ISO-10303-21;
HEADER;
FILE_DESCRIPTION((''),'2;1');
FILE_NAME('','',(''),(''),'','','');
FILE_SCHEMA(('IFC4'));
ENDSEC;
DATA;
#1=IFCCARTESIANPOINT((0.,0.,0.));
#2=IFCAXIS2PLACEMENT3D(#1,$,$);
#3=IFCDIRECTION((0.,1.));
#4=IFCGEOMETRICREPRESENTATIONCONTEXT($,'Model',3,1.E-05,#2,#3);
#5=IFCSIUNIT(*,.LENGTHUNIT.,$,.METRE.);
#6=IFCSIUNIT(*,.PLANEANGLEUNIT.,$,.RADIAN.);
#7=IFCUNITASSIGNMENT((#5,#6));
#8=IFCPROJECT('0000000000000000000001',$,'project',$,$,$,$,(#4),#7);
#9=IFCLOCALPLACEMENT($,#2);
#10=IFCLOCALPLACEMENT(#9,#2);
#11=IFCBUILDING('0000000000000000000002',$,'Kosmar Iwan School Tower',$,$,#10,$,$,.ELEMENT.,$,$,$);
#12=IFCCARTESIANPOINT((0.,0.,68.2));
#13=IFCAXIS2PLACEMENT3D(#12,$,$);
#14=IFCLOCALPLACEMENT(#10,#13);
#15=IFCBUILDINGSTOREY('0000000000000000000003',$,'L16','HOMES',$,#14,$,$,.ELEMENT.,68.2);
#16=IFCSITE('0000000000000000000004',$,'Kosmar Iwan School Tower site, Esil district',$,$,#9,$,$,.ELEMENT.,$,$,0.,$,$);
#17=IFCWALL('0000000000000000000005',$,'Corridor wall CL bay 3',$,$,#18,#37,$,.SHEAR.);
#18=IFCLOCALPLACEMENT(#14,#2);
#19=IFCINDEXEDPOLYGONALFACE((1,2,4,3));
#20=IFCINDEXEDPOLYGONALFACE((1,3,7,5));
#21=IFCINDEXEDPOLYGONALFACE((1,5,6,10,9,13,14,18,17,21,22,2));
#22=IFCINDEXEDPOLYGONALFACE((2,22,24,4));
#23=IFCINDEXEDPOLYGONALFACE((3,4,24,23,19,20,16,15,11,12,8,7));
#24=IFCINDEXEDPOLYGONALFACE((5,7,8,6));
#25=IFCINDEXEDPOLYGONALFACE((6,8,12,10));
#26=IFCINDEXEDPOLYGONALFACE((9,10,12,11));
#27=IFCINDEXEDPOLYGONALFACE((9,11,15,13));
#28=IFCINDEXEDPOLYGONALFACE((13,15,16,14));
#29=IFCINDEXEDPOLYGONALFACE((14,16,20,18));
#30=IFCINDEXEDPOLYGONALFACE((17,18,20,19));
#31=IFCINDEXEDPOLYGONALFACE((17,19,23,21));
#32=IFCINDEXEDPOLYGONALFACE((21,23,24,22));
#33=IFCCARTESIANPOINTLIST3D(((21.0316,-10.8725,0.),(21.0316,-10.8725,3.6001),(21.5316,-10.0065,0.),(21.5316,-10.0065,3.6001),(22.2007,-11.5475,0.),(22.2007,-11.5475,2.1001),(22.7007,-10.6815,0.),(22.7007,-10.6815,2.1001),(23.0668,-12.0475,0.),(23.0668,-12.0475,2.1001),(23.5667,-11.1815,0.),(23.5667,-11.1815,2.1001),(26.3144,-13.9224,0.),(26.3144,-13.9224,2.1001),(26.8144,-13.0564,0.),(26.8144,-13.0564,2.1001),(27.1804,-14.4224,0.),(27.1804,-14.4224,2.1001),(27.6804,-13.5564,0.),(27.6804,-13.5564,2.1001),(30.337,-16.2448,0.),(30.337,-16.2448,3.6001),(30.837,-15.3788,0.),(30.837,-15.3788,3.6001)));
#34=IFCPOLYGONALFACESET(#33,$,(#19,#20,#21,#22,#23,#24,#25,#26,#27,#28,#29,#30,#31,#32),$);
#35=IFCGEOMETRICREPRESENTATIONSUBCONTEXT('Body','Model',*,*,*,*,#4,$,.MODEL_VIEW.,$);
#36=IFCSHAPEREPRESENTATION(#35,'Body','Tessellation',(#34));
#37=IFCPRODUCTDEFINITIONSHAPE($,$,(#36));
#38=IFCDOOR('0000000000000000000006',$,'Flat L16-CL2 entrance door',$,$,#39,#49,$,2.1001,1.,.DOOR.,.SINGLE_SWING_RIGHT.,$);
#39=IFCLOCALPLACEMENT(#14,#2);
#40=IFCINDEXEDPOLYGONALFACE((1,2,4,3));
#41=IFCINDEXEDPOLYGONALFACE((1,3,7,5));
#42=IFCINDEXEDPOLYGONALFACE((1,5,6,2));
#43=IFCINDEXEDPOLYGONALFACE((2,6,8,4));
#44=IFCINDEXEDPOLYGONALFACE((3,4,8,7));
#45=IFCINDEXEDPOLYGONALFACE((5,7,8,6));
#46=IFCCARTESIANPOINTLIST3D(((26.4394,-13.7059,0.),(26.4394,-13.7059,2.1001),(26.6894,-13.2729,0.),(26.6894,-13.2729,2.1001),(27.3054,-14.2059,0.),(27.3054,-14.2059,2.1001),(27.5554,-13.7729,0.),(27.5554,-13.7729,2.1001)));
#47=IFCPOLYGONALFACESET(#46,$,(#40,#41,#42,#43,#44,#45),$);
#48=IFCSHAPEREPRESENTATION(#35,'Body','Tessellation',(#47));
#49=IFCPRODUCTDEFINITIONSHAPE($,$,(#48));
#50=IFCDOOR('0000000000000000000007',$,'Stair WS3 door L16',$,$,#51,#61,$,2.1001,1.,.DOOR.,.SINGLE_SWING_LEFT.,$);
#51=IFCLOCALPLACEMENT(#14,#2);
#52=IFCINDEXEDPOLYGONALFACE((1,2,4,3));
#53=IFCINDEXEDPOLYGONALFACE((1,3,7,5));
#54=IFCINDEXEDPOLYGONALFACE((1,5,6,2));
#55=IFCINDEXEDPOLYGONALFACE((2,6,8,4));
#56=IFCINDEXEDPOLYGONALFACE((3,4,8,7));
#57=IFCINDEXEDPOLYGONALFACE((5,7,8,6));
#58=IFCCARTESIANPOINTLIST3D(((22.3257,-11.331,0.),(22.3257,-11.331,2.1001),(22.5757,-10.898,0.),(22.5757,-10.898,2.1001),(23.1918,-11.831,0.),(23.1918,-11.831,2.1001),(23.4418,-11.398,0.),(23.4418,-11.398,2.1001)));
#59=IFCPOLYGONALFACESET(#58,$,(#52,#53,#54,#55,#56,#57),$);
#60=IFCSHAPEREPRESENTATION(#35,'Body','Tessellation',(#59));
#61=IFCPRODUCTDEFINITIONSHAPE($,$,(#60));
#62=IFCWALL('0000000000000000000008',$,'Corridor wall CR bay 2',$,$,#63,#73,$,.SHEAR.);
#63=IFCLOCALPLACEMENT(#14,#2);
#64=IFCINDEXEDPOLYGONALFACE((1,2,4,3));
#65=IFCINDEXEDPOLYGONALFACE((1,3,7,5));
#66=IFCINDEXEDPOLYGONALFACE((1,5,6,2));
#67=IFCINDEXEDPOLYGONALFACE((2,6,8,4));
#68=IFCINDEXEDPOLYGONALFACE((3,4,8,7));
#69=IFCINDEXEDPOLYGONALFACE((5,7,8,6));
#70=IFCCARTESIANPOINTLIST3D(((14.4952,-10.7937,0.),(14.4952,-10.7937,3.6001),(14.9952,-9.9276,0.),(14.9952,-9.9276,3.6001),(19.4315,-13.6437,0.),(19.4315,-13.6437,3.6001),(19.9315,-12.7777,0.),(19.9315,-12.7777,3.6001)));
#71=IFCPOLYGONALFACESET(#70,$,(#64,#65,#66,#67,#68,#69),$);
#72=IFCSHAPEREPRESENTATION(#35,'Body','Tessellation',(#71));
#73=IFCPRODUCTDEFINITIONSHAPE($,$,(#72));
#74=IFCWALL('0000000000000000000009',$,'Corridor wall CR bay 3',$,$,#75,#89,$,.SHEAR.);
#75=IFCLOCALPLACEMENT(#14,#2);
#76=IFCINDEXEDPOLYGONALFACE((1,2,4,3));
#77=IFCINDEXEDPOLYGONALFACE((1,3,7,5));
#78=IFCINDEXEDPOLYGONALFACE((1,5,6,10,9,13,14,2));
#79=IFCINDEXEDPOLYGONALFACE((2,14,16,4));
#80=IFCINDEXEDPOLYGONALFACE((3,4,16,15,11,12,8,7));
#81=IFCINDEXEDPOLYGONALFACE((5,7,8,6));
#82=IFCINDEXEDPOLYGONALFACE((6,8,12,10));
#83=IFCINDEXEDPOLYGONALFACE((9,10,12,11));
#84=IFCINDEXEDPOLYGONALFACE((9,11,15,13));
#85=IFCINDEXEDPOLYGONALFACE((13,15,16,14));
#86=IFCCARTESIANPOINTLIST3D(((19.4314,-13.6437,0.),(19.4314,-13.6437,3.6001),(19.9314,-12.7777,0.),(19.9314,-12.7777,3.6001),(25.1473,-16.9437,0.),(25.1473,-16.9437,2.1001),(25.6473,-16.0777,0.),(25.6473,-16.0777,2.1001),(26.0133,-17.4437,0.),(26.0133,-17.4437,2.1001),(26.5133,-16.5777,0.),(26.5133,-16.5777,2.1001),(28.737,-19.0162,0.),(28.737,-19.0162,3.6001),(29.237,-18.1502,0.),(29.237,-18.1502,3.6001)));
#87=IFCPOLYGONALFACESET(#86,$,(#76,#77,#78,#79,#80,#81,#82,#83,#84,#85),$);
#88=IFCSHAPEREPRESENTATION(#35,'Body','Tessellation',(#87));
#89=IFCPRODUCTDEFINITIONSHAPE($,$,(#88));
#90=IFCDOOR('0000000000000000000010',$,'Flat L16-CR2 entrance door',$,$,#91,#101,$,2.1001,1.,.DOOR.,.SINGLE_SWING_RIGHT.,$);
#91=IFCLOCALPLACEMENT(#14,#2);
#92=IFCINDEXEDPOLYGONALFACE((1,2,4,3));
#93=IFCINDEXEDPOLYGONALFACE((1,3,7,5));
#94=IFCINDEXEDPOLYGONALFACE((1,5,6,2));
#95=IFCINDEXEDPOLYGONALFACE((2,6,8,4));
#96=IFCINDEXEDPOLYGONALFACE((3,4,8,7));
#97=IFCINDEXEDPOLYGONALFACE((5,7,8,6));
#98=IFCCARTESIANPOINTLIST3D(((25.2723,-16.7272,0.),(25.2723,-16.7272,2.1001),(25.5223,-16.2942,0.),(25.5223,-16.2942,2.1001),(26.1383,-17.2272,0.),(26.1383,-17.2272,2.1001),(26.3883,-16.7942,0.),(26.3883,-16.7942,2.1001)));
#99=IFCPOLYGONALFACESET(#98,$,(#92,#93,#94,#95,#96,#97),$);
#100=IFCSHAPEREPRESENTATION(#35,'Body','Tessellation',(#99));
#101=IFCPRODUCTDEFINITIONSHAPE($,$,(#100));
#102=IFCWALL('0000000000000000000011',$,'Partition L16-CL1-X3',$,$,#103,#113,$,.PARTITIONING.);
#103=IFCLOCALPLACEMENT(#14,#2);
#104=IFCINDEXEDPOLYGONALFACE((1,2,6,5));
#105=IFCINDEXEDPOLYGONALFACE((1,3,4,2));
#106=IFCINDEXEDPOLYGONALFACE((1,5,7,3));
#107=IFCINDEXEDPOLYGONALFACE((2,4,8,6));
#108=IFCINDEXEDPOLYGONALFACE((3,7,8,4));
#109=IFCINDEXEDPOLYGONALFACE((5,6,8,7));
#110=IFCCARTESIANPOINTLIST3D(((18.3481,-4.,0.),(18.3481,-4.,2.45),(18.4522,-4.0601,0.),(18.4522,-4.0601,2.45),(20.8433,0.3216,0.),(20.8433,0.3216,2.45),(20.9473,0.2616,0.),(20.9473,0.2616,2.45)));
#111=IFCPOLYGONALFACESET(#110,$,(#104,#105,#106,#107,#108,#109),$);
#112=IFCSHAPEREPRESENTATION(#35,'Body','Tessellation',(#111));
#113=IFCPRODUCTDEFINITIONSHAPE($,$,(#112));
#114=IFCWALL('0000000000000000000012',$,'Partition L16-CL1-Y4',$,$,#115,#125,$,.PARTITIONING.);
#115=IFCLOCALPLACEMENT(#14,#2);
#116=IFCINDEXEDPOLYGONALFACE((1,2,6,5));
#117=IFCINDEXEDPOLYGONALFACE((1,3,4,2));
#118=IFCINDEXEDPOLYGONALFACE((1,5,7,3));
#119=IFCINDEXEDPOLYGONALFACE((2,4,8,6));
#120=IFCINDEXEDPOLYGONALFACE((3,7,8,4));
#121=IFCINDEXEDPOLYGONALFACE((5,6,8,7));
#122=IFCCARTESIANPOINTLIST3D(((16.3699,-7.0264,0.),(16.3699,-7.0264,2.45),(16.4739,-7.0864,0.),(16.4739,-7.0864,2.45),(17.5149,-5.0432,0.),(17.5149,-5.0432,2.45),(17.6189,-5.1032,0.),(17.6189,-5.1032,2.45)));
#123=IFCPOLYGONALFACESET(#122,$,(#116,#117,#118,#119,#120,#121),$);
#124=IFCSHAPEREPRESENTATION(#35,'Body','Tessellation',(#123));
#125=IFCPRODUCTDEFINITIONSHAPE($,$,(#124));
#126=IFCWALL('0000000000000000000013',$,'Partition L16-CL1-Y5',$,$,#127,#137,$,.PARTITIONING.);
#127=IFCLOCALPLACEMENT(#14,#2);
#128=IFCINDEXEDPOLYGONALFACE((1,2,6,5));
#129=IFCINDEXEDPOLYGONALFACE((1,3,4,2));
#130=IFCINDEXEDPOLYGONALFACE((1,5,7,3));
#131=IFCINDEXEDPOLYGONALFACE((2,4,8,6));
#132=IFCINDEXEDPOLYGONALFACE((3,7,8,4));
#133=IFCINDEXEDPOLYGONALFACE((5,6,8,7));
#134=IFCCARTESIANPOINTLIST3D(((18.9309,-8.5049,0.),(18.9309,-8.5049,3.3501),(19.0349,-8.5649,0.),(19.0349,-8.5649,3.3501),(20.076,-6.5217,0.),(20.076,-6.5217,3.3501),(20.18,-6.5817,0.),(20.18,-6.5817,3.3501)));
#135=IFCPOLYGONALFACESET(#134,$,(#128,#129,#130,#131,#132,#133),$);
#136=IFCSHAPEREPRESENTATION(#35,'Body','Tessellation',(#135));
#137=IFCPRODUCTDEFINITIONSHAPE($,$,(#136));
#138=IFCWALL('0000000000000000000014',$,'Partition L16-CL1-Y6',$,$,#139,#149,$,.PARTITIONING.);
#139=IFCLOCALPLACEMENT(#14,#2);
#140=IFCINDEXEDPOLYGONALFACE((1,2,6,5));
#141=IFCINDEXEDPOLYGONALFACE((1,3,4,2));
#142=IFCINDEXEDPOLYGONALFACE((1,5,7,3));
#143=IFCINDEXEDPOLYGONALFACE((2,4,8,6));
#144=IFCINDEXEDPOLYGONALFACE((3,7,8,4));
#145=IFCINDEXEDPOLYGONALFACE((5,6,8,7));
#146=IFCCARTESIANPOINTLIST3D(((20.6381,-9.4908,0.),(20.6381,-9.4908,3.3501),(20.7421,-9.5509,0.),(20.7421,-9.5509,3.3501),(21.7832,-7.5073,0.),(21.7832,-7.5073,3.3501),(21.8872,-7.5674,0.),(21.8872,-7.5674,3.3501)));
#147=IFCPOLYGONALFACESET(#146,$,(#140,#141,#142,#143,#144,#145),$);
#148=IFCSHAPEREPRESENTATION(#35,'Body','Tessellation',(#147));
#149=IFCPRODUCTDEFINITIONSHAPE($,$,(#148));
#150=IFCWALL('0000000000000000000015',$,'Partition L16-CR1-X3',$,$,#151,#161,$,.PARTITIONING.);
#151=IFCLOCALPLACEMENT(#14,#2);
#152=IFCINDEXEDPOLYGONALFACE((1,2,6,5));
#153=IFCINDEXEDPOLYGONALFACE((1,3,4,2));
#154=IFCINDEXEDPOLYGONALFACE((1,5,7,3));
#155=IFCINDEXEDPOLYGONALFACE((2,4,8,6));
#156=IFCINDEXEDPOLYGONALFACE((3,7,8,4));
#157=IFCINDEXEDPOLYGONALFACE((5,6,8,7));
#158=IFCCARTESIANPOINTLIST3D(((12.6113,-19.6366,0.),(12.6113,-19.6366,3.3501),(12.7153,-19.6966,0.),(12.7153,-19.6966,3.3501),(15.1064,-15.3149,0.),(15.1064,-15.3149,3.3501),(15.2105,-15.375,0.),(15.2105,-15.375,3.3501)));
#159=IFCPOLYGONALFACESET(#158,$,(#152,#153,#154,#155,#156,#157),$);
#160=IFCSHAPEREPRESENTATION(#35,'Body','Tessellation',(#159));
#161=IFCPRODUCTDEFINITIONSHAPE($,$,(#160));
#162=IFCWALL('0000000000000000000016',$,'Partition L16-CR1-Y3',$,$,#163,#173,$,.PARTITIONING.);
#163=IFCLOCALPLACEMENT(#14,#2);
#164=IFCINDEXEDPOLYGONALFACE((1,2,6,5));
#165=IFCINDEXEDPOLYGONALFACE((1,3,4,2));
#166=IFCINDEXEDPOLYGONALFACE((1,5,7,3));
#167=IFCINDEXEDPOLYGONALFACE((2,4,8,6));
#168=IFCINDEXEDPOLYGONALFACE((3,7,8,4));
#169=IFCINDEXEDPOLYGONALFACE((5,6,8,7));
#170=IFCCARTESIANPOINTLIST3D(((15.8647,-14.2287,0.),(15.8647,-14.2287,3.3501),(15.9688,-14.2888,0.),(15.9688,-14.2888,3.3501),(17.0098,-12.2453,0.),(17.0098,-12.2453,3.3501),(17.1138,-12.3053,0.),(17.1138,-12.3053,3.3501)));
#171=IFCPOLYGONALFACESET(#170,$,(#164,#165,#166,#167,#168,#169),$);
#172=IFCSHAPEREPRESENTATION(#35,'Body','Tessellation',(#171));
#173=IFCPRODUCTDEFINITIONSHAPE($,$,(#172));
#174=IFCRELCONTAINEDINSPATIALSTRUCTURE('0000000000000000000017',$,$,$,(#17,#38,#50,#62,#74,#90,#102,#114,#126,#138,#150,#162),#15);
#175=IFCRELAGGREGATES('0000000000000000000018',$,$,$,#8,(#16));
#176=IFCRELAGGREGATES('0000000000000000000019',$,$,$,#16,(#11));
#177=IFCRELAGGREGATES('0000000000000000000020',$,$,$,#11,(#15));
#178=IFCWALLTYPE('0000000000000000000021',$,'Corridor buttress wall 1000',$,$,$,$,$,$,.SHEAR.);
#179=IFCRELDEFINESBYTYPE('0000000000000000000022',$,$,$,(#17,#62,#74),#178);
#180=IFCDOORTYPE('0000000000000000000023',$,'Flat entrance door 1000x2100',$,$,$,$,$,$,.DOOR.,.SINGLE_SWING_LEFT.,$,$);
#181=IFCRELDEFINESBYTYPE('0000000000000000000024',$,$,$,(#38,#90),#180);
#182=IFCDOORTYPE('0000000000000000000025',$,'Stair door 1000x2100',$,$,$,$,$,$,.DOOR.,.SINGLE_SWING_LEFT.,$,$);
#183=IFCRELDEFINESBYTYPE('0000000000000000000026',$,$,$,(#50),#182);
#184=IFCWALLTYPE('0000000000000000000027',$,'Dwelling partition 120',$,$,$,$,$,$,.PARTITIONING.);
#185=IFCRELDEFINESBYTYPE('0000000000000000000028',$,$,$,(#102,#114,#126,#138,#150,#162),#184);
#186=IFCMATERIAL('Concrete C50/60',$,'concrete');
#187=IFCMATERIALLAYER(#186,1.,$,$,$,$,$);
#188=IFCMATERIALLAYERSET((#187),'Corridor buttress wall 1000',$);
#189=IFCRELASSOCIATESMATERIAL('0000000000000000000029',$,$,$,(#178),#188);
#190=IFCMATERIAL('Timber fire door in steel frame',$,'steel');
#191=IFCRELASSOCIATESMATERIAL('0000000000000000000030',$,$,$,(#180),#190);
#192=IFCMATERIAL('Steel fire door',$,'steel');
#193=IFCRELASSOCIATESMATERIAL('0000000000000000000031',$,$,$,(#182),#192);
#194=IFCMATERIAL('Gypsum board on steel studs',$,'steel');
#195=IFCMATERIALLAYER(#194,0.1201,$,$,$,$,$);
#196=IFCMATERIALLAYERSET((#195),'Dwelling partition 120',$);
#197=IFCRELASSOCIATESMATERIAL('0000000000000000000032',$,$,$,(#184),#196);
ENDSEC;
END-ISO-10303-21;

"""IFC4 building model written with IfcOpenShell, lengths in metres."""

from ifc_helpers import new_model, si_unit, direction, frame, frame_2d, origin, place, context, subcontext, project, spatial, rectangle, extrude, material, layer, layer_set, type_object, element, fill, save


model = new_model("IFC4")

# Units and contexts
model_context = context("Model", 3, precision=1e-05, world=origin(), true_north=direction((0.0, 1.0)))
body_context = subcontext(model_context, "Body", "Model", "MODEL_VIEW")
ifc_project = project(units=[si_unit("LENGTHUNIT", "METRE"), si_unit("PLANEANGLEUNIT", "RADIAN")], contexts=[model_context])

# Site, building, storey
site_placement = place(None, origin())
site = spatial("IfcSite", under=ifc_project, at=site_placement, Name="Kosmar Iwan School Tower site, Esil district", CompositionType="ELEMENT", RefElevation=0.0)
building_placement = place(site_placement, origin())
building = spatial("IfcBuilding", under=site, at=building_placement, Name="Kosmar Iwan School Tower", CompositionType="ELEMENT")
storey_placement = place(building_placement, frame((0.0, 0.0, 68.2)))
storey = spatial("IfcBuildingStorey", under=building, at=storey_placement, Name="L16", Description="HOMES", CompositionType="ELEMENT", Elevation=68.2)

# Shared definitions
ifc_material_1 = material(Name="Concrete C50/60", Category="concrete")
ifc_layer_1 = layer(ifc_material_1, 1.0)
ifc_layer_set_1 = layer_set([ifc_layer_1], Name="Corridor buttress wall 1000")
wall_type_1 = type_object("IfcWallType", Name="Corridor buttress wall 1000", PredefinedType="SHEAR", material=ifc_layer_set_1)

# Wall, openings, doors
wall_1_placement = place(storey_placement, frame((21.2815, -10.4395, 0.0), z_axis=(0.0, 0.0, 1.0), x_axis=(0.866032, -0.499988, 0.0)))
wall_1 = element("IfcWall", 1, at=wall_1_placement, inside=storey, type_object=wall_type_1, Name="Corridor wall CL bay 3", PredefinedType="SHEAR", context=body_context, shape_type="SweptSolid", body=[
    extrude(rectangle(XDim=10.7449, YDim=1.0, at=frame_2d((5.3726, 0.0))), origin(), (0.0, 0.0, 1.0), 3.6001),
])
opening_1_placement = place(wall_1_placement, frame((6.1001, 0.0, 0.0)))
opening_1 = element("IfcOpeningElement", 2, at=opening_1_placement, cuts=wall_1, PredefinedType="OPENING", context=body_context, shape_type="SweptSolid", body=[
    extrude(rectangle(XDim=1.0, YDim=2.1001, at=frame_2d((0.5, 1.05))), frame((0.0, 0.512, 0.0), z_axis=(0.0, -1.0, 0.0), x_axis=(1.0, 0.0, 0.0)), (0.0, 0.0, 1.0), 1.0239),
])
opening_2_placement = place(wall_1_placement, frame((1.3501, 0.0, 0.0)))
opening_2 = element("IfcOpeningElement", 3, at=opening_2_placement, cuts=wall_1, PredefinedType="OPENING", context=body_context, shape_type="SweptSolid", body=[
    extrude(rectangle(XDim=1.0, YDim=2.1001, at=frame_2d((0.5, 1.05))), frame((0.0, 0.512, 0.0), z_axis=(0.0, -1.0, 0.0), x_axis=(1.0, 0.0, 0.0)), (0.0, 0.0, 1.0), 1.0239),
])
ifc_material_2 = material(Name="Timber fire door in steel frame", Category="steel")
door_type_1 = type_object("IfcDoorType", Name="Flat entrance door 1000x2100", OperationType="SINGLE_SWING_LEFT", PredefinedType="DOOR", material=ifc_material_2)
door_1_placement = place(opening_1_placement, origin())
door_1 = element("IfcDoor", 4, at=door_1_placement, inside=storey, type_object=door_type_1, Name="Flat L16-CL2 entrance door", OperationType="SINGLE_SWING_RIGHT", OverallHeight=2.1001, OverallWidth=1.0, PredefinedType="DOOR", context=body_context, shape_type="SweptSolid", body=[
    extrude(rectangle(XDim=1.0, YDim=2.1001, at=frame_2d((0.5, 1.05))), frame((0.0, 0.25, 0.0), z_axis=(0.0, -1.0, 0.0), x_axis=(1.0, 0.0, 0.0)), (0.0, 0.0, 1.0), 0.5),
])
fill(opening_1, door_1)
ifc_material_3 = material(Name="Steel fire door", Category="steel")
door_type_2 = type_object("IfcDoorType", Name="Stair door 1000x2100", OperationType="SINGLE_SWING_LEFT", PredefinedType="DOOR", material=ifc_material_3)
door_2_placement = place(opening_2_placement, origin())
door_2 = element("IfcDoor", 5, at=door_2_placement, inside=storey, type_object=door_type_2, Name="Stair WS3 door L16", OperationType="SINGLE_SWING_LEFT", OverallHeight=2.1001, OverallWidth=1.0, PredefinedType="DOOR", context=body_context, shape_type="SweptSolid", body=[
    extrude(rectangle(XDim=1.0, YDim=2.1001, at=frame_2d((0.5, 1.05))), frame((0.0, 0.25, 0.0), z_axis=(0.0, -1.0, 0.0), x_axis=(1.0, 0.0, 0.0)), (0.0, 0.0, 1.0), 0.5),
])
fill(opening_2, door_2)

# Wall
wall_2_placement = place(storey_placement, frame((14.7451, -10.3606, 0.0), z_axis=(0.0, 0.0, 1.0), x_axis=(0.866015, -0.500018, 0.0)))
element("IfcWall", 6, at=wall_2_placement, inside=storey, type_object=wall_type_1, Name="Corridor wall CR bay 2", PredefinedType="SHEAR", context=body_context, shape_type="SweptSolid", body=[
    extrude(rectangle(XDim=5.7, YDim=1.0, at=frame_2d((2.8501, 0.0))), origin(), (0.0, 0.0, 1.0), 3.6001),
])

# Wall, opening, door
wall_3_placement = place(storey_placement, frame((19.6814, -13.2107, 0.0), z_axis=(0.0, 0.0, 1.0), x_axis=(0.866028, -0.499995, 0.0)))
wall_3 = element("IfcWall", 7, at=wall_3_placement, inside=storey, type_object=wall_type_1, Name="Corridor wall CR bay 3", PredefinedType="SHEAR", context=body_context, shape_type="SweptSolid", body=[
    extrude(rectangle(XDim=10.7451, YDim=1.0, at=frame_2d((5.3726, 0.0))), origin(), (0.0, 0.0, 1.0), 3.6001),
])
opening_3_placement = place(wall_3_placement, frame((6.6001, 0.0, 0.0)))
opening_3 = element("IfcOpeningElement", 8, at=opening_3_placement, cuts=wall_3, PredefinedType="OPENING", context=body_context, shape_type="SweptSolid", body=[
    extrude(rectangle(XDim=1.0, YDim=2.1001, at=frame_2d((0.5, 1.05))), frame((0.0, 0.512, 0.0), z_axis=(0.0, -1.0, 0.0), x_axis=(1.0, 0.0, 0.0)), (0.0, 0.0, 1.0), 1.0239),
])
door_3_placement = place(opening_3_placement, origin())
door_3 = element("IfcDoor", 9, at=door_3_placement, inside=storey, type_object=door_type_1, Name="Flat L16-CR2 entrance door", OperationType="SINGLE_SWING_RIGHT", OverallHeight=2.1001, OverallWidth=1.0, PredefinedType="DOOR", context=body_context, shape_type="SweptSolid", body=[
    extrude(rectangle(XDim=1.0, YDim=2.1001, at=frame_2d((0.5, 1.05))), frame((0.0, 0.25, 0.0), z_axis=(0.0, -1.0, 0.0), x_axis=(1.0, 0.0, 0.0)), (0.0, 0.0, 1.0), 0.5),
])
fill(opening_3, door_3)

# Walls
ifc_material_4 = material(Name="Gypsum board on steel studs", Category="steel")
ifc_layer_2 = layer(ifc_material_4, 0.1201)
ifc_layer_set_2 = layer_set([ifc_layer_2], Name="Dwelling partition 120")
wall_type_2 = type_object("IfcWallType", Name="Dwelling partition 120", PredefinedType="PARTITIONING", material=ifc_layer_set_2)
wall_4_placement = place(storey_placement, frame((18.4001, -4.03, 0.0), z_axis=(0.0, 0.0, 1.0), x_axis=(0.500012, 0.866019, 0.0)))
element("IfcWall", 10, at=wall_4_placement, inside=storey, type_object=wall_type_2, Name="Partition L16-CL1-X3", PredefinedType="PARTITIONING", context=body_context, shape_type="SweptSolid", body=[
    extrude(rectangle(XDim=4.9902, YDim=0.1201, at=frame_2d((2.4951, 0.0))), origin(), (0.0, 0.0, 1.0), 2.45),
])
wall_5_placement = place(storey_placement, frame((16.4219, -7.0564, 0.0), z_axis=(0.0, 0.0, 1.0), x_axis=(0.500015, 0.866017, 0.0)))
element("IfcWall", 11, at=wall_5_placement, inside=storey, type_object=wall_type_2, Name="Partition L16-CL1-Y4", PredefinedType="PARTITIONING", context=body_context, shape_type="SweptSolid", body=[
    extrude(rectangle(XDim=2.29, YDim=0.1201, at=frame_2d((1.145, 0.0))), origin(), (0.0, 0.0, 1.0), 2.45),
])
wall_6_placement = place(storey_placement, frame((18.9829, -8.5349, 0.0), z_axis=(0.0, 0.0, 1.0), x_axis=(0.500015, 0.866017, 0.0)))
element("IfcWall", 12, at=wall_6_placement, inside=storey, type_object=wall_type_2, Name="Partition L16-CL1-Y5", PredefinedType="PARTITIONING", context=body_context, shape_type="SweptSolid", body=[
    extrude(rectangle(XDim=2.29, YDim=0.1201, at=frame_2d((1.145, 0.0))), origin(), (0.0, 0.0, 1.0), 3.3501),
])
wall_7_placement = place(storey_placement, frame((20.6902, -9.5208, 0.0), z_axis=(0.0, 0.0, 1.0), x_axis=(0.499969, 0.866044, 0.0)))
element("IfcWall", 13, at=wall_7_placement, inside=storey, type_object=wall_type_2, Name="Partition L16-CL1-Y6", PredefinedType="PARTITIONING", context=body_context, shape_type="SweptSolid", body=[
    extrude(rectangle(XDim=2.2903, YDim=0.1201, at=frame_2d((1.145, 0.0))), origin(), (0.0, 0.0, 1.0), 3.3501),
])
wall_8_placement = place(storey_placement, frame((15.1584, -15.345, 0.0), z_axis=(0.0, 0.0, 1.0), x_axis=(-0.500012, -0.866019, 0.0)))
element("IfcWall", 14, at=wall_8_placement, inside=storey, type_object=wall_type_2, Name="Partition L16-CR1-X3", PredefinedType="PARTITIONING", context=body_context, shape_type="SweptSolid", body=[
    extrude(rectangle(XDim=4.9902, YDim=0.1201, at=frame_2d((2.4951, 0.0))), origin(), (0.0, 0.0, 1.0), 3.3501),
])
wall_9_placement = place(storey_placement, frame((17.0618, -12.2754, 0.0), z_axis=(0.0, 0.0, 1.0), x_axis=(-0.499969, -0.866044, 0.0)))
element("IfcWall", 15, at=wall_9_placement, inside=storey, type_object=wall_type_2, Name="Partition L16-CR1-Y3", PredefinedType="PARTITIONING", context=body_context, shape_type="SweptSolid", body=[
    extrude(rectangle(XDim=2.2903, YDim=0.1201, at=frame_2d((1.145, 0.0))), origin(), (0.0, 0.0, 1.0), 3.3501),
])

save(model, "model.ifc")
